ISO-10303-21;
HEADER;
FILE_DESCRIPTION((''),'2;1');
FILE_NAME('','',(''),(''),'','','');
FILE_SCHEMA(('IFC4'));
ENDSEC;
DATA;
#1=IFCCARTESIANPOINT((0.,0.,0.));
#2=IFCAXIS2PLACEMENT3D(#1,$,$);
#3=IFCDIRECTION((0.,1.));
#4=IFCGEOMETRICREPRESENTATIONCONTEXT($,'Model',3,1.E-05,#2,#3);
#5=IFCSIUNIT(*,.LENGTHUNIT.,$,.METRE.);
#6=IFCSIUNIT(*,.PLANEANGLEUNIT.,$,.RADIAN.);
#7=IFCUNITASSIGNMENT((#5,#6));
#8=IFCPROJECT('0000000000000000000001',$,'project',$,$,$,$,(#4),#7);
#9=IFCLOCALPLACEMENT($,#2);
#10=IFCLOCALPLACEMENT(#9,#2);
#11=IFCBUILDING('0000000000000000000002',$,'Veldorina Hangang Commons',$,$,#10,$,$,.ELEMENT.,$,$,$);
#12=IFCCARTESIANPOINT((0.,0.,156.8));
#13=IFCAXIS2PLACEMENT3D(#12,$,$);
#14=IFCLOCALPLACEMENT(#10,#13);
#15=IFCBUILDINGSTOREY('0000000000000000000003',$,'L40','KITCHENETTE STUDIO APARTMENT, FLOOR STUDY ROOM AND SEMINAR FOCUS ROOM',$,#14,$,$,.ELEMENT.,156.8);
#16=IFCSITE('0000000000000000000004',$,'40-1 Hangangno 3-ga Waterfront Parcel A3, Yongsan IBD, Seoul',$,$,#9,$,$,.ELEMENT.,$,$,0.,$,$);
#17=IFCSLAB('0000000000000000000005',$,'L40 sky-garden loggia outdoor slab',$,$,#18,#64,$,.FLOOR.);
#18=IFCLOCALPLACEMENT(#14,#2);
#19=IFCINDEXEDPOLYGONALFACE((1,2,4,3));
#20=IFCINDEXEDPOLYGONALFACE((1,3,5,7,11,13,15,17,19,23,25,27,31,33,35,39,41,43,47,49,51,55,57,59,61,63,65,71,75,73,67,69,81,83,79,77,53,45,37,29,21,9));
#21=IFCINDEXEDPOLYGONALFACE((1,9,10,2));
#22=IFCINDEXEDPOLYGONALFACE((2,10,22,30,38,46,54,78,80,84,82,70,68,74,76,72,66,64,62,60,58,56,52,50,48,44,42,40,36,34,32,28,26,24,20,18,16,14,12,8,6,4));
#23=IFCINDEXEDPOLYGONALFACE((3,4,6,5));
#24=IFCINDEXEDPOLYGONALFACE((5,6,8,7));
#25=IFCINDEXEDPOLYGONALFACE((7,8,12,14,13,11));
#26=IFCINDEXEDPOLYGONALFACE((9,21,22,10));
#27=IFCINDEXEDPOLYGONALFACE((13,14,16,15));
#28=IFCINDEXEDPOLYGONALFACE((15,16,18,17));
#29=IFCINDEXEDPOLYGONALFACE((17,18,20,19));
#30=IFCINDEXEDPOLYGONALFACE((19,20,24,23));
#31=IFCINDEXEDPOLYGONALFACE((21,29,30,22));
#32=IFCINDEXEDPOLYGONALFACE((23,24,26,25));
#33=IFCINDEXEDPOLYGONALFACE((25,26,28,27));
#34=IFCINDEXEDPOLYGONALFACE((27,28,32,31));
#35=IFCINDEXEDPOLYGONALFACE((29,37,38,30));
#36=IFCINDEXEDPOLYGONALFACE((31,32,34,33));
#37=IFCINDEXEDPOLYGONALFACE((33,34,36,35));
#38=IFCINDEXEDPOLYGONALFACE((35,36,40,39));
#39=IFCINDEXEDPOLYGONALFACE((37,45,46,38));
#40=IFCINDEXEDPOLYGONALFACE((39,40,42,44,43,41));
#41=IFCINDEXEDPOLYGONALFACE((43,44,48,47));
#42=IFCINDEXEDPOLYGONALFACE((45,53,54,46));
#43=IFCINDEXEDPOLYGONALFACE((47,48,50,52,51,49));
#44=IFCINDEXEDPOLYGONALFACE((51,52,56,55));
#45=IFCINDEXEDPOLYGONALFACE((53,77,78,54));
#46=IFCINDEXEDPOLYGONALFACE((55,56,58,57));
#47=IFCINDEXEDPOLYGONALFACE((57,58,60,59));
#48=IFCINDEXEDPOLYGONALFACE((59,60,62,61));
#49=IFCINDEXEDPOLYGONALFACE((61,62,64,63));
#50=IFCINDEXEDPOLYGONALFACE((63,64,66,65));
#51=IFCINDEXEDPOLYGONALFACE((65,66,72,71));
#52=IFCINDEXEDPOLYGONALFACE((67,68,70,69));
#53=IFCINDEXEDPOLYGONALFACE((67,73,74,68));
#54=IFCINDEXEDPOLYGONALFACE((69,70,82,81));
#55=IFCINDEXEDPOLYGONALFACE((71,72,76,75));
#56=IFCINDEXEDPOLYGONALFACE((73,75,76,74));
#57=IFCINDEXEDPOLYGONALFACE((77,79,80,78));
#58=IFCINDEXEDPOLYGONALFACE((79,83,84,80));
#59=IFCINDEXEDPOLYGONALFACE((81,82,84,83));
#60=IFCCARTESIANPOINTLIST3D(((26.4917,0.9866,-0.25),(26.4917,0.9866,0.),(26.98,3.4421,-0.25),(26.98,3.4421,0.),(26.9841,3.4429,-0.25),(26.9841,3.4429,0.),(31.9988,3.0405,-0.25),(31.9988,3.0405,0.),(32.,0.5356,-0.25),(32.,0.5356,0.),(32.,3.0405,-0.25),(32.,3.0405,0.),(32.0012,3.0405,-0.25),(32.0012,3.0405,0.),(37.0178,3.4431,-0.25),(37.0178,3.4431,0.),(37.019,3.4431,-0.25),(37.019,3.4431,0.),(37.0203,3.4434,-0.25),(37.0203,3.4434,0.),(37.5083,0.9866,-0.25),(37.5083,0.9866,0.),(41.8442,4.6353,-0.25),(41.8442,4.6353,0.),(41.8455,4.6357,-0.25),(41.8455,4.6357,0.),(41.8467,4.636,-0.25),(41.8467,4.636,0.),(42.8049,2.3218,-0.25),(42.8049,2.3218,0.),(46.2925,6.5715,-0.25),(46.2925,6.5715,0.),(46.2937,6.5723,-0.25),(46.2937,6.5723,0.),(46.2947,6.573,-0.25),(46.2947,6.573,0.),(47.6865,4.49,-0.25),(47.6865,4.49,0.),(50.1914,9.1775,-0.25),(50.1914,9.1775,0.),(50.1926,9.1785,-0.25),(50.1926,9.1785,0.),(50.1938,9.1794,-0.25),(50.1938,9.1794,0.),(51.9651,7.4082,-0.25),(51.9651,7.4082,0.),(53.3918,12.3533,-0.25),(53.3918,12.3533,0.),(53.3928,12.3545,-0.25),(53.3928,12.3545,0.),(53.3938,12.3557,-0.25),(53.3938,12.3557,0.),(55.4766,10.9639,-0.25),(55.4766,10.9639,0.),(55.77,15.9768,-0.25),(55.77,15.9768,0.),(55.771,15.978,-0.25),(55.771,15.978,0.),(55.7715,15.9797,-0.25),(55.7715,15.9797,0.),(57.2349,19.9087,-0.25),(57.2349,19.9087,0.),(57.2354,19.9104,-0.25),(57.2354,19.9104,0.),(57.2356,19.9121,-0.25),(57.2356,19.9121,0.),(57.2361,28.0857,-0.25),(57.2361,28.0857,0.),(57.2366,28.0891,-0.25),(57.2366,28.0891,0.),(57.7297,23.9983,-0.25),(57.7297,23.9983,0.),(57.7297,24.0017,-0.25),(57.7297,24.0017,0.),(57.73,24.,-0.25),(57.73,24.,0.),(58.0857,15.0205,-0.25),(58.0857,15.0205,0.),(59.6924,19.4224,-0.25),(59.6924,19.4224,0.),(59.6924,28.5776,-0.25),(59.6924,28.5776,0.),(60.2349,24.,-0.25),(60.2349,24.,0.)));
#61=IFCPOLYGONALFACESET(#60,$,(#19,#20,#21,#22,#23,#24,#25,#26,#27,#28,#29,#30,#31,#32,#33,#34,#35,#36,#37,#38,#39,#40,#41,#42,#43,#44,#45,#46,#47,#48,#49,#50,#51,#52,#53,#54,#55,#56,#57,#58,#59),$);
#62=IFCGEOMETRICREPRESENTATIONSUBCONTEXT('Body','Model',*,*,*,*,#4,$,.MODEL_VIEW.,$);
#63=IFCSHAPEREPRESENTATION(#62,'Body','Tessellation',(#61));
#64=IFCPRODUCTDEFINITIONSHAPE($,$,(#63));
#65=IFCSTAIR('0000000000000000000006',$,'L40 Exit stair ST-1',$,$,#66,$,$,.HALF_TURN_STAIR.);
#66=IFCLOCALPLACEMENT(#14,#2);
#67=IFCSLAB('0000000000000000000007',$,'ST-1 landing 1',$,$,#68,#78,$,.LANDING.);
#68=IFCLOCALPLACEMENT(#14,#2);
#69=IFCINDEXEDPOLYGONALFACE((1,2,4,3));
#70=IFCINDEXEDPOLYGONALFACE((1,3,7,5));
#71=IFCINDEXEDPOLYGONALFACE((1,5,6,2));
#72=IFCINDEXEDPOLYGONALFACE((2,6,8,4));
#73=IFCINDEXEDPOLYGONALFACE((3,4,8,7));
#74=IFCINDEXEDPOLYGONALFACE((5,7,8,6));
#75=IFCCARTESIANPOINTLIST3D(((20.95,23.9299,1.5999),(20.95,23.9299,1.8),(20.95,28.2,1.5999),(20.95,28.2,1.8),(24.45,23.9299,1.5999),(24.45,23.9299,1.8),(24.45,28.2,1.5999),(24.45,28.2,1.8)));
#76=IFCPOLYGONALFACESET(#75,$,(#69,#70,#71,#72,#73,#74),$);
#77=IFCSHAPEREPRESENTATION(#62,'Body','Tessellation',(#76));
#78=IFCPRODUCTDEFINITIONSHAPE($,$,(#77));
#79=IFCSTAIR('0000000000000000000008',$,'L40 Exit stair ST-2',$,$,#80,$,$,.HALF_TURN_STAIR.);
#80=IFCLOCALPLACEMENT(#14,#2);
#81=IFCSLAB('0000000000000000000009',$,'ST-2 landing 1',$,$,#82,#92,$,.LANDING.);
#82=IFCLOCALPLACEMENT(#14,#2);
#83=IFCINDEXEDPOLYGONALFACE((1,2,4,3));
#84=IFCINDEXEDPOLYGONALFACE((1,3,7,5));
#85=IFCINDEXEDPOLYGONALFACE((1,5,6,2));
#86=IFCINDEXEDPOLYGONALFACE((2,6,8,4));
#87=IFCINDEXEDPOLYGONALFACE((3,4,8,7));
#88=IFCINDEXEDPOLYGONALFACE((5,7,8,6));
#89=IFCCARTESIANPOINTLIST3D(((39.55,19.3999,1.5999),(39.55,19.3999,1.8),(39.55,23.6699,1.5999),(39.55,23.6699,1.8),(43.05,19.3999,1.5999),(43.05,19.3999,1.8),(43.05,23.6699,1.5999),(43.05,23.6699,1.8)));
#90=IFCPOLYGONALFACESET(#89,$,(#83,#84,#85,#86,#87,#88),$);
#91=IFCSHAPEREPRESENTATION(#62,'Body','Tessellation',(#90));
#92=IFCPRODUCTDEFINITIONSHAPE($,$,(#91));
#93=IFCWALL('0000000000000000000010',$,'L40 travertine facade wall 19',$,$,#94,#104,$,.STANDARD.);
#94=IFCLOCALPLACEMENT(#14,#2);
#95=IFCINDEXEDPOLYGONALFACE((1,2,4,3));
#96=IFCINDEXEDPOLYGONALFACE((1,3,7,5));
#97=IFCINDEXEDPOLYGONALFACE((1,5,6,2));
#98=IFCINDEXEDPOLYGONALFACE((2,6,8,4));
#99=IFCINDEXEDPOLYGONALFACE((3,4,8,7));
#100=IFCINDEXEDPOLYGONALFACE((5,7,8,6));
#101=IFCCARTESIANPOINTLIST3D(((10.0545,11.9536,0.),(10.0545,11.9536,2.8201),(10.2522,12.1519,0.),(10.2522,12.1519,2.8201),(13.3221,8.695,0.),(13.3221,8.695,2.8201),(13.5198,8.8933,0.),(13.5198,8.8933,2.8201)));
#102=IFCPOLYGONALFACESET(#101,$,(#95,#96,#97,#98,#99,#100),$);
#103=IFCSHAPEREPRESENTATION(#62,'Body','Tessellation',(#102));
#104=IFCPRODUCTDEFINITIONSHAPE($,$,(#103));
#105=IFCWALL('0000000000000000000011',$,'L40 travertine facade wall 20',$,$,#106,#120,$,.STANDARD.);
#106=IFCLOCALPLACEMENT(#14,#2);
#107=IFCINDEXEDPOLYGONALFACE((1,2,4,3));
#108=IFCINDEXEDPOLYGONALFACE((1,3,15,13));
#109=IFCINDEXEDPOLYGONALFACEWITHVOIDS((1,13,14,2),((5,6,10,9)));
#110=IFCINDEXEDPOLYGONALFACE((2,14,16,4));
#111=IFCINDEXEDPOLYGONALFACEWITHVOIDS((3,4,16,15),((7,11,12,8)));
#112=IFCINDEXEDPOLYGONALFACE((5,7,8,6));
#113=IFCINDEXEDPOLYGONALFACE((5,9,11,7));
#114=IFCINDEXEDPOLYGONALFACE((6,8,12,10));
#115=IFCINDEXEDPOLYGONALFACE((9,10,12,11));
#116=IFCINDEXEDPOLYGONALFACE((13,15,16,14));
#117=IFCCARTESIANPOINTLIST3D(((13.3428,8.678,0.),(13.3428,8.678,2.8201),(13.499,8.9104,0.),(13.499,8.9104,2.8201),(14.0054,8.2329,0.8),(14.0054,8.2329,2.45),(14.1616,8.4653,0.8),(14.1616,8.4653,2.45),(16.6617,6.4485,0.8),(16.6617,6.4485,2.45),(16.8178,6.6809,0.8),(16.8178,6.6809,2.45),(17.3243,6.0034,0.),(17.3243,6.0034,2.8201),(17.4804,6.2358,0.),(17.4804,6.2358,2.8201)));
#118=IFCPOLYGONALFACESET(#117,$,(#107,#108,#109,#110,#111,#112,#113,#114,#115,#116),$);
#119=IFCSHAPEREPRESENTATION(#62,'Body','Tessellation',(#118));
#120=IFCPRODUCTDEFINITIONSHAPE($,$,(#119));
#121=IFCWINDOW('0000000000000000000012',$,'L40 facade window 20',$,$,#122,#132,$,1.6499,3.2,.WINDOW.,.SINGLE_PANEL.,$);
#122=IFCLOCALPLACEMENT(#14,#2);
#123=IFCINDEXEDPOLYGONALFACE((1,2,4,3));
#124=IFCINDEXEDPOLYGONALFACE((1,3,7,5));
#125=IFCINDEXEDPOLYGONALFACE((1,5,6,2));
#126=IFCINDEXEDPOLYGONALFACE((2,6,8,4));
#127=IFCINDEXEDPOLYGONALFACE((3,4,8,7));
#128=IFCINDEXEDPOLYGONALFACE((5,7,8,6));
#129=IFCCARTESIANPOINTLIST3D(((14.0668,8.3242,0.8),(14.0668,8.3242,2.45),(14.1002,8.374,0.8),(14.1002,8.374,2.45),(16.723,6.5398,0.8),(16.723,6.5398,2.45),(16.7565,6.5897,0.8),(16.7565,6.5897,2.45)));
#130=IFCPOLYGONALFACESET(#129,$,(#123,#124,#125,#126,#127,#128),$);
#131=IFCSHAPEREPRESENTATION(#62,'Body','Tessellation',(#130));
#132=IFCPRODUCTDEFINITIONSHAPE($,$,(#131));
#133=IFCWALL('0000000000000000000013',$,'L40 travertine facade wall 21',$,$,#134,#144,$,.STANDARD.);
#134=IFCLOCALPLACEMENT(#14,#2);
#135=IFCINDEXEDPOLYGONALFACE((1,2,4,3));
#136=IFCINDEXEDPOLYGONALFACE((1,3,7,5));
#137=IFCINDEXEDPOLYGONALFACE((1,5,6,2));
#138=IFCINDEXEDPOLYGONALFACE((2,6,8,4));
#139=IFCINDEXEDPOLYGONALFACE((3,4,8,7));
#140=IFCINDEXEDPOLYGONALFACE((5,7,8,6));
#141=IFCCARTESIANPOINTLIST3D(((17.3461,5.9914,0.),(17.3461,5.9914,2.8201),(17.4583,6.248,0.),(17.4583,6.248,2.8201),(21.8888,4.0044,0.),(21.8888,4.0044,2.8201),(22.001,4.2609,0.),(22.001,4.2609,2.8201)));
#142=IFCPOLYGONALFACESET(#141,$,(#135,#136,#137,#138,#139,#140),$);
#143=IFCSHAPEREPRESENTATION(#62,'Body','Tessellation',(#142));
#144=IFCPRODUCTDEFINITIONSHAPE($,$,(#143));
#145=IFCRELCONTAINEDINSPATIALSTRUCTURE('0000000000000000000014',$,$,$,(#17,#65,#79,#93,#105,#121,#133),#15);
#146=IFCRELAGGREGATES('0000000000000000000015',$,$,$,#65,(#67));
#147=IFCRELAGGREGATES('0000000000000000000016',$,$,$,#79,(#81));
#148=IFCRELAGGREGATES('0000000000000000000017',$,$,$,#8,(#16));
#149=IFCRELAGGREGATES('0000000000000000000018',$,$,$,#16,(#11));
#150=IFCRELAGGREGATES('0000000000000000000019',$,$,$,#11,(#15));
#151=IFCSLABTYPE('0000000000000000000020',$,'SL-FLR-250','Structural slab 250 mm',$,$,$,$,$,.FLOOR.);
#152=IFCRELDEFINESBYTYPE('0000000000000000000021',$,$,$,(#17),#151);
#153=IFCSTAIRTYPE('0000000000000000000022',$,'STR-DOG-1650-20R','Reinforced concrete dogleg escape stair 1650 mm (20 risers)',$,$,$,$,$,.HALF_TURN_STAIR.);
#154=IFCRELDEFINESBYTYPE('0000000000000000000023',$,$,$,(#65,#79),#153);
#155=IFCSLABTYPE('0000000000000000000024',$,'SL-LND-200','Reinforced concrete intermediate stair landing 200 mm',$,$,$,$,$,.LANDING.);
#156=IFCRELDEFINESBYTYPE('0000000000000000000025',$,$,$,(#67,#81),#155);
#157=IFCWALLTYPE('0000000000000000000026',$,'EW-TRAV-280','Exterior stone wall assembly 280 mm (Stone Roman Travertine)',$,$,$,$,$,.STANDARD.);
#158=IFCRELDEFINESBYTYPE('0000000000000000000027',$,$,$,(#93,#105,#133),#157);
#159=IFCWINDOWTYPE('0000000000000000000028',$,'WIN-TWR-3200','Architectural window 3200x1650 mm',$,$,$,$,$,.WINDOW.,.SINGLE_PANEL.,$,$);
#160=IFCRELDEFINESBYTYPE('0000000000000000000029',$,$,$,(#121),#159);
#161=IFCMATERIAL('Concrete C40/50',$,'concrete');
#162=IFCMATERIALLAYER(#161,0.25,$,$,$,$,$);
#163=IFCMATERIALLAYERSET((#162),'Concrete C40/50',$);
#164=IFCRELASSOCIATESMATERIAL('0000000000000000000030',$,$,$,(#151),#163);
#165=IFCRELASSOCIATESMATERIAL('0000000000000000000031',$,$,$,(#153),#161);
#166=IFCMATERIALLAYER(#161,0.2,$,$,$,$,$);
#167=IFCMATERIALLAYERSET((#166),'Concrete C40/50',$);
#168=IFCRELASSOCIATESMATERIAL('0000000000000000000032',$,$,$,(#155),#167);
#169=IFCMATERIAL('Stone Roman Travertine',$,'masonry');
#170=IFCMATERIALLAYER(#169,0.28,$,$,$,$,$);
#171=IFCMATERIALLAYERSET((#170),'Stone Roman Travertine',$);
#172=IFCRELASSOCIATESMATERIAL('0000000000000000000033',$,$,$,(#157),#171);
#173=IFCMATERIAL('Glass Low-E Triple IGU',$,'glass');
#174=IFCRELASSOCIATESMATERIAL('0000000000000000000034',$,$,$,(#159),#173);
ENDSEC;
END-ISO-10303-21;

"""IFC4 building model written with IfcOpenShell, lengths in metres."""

from ifc_helpers import new_model, si_unit, direction, frame, frame_2d, origin, place, context, subcontext, project, spatial, polyline, rectangle, outline, extrude, material, layer, layer_set, type_object, element, fill, aggregate, save


model = new_model("IFC4")

# Units and contexts
model_context = context("Model", 3, precision=1e-05, world=origin(), true_north=direction((0.0, 1.0)))
body_context = subcontext(model_context, "Body", "Model", "MODEL_VIEW")
ifc_project = project(units=[si_unit("LENGTHUNIT", "METRE"), si_unit("PLANEANGLEUNIT", "RADIAN")], contexts=[model_context])

# Site, building, storey
site_placement = place(None, origin())
site = spatial("IfcSite", under=ifc_project, at=site_placement, Name="40-1 Hangangno 3-ga Waterfront Parcel A3, Yongsan IBD, Seoul", CompositionType="ELEMENT", RefElevation=0.0)
building_placement = place(site_placement, origin())
building = spatial("IfcBuilding", under=site, at=building_placement, Name="Veldorina Hangang Commons", CompositionType="ELEMENT")
storey_placement = place(building_placement, frame((0.0, 0.0, 156.8)))
storey = spatial("IfcBuildingStorey", under=building, at=storey_placement, Name="L40", Description="KITCHENETTE STUDIO APARTMENT, FLOOR STUDY ROOM AND SEMINAR FOCUS ROOM", CompositionType="ELEMENT", Elevation=156.8)

# Slab
ifc_material_1 = material(Name="Concrete C40/50", Category="concrete")
ifc_layer_1 = layer(ifc_material_1, 0.25)
ifc_layer_set_1 = layer_set([ifc_layer_1], Name="Concrete C40/50")
slab_type_1 = type_object("IfcSlabType", Name="SL-FLR-250", Description="Structural slab 250 mm", PredefinedType="FLOOR", material=ifc_layer_set_1)
slab_1_placement = place(storey_placement, frame((0.0, 0.0, -0.25)))
element("IfcSlab", 1, at=slab_1_placement, inside=storey, type_object=slab_type_1, Name="L40 sky-garden loggia outdoor slab", PredefinedType="FLOOR", context=body_context, shape_type="SweptSolid", body=[
    extrude(outline(polyline([(59.6924, 28.5776), (60.2349, 24.0), (59.6924, 19.4224), (58.0857, 15.0205), (55.4766, 10.9639), (51.9651, 7.4082), (47.6865, 4.49), (42.8049, 2.3218), (37.5083, 0.9866), (32.0, 0.5356), (26.4917, 0.9866), (26.98, 3.4421), (26.9841, 3.4429), (31.9988, 3.0405), (32.0, 3.0405), (32.0012, 3.0405), (37.0178, 3.4431), (37.019, 3.4431), (37.0203, 3.4434), (41.8442, 4.6353), (41.8455, 4.6357), (41.8467, 4.636), (46.2925, 6.5715), (46.2937, 6.5723), (46.2947, 6.573), (50.1914, 9.1775), (50.1926, 9.1785), (50.1938, 9.1794), (53.3918, 12.3533), (53.3928, 12.3545), (53.3938, 12.3557), (55.77, 15.9768), (55.771, 15.978), (55.7715, 15.9797), (57.2349, 19.9087), (57.2354, 19.9104), (57.2356, 19.9121), (57.7297, 23.9983), (57.73, 24.0), (57.7297, 24.0017), (57.2361, 28.0857), (57.2366, 28.0891), (59.6924, 28.5776)])), origin(), (0.0, 0.0, 1.0), 0.25),
])

# Stairs, slabs
stair_type = type_object("IfcStairType", Name="STR-DOG-1650-20R", Description="Reinforced concrete dogleg escape stair 1650 mm (20 risers)", PredefinedType="HALF_TURN_STAIR", material=ifc_material_1)
stair_1_placement = place(storey_placement, origin())
stair_1 = element("IfcStair", 2, at=stair_1_placement, inside=storey, type_object=stair_type, Name="L40 Exit stair ST-1", PredefinedType="HALF_TURN_STAIR")
ifc_layer_2 = layer(ifc_material_1, 0.2)
ifc_layer_set_2 = layer_set([ifc_layer_2], Name="Concrete C40/50")
slab_type_2 = type_object("IfcSlabType", Name="SL-LND-200", Description="Reinforced concrete intermediate stair landing 200 mm", PredefinedType="LANDING", material=ifc_layer_set_2)
slab_2_placement = place(storey_placement, frame((0.0, 0.0, 1.5999)))
slab_2 = element("IfcSlab", 3, at=slab_2_placement, type_object=slab_type_2, Name="ST-1 landing 1", PredefinedType="LANDING", context=body_context, shape_type="SweptSolid", body=[
    extrude(outline(polyline([(24.45, 23.9299), (24.45, 28.2), (20.95, 28.2), (20.95, 23.9299), (24.45, 23.9299)])), origin(), (0.0, 0.0, 1.0), 0.2002),
])
aggregate(stair_1, [slab_2])
stair_2_placement = place(storey_placement, origin())
stair_2 = element("IfcStair", 4, at=stair_2_placement, inside=storey, type_object=stair_type, Name="L40 Exit stair ST-2", PredefinedType="HALF_TURN_STAIR")
slab_3_placement = place(storey_placement, frame((0.0, 0.0, 1.5999)))
slab_3 = element("IfcSlab", 5, at=slab_3_placement, type_object=slab_type_2, Name="ST-2 landing 1", PredefinedType="LANDING", context=body_context, shape_type="SweptSolid", body=[
    extrude(outline(polyline([(39.55, 23.6699), (39.55, 19.3999), (43.05, 19.3999), (43.05, 23.6699), (39.55, 23.6699)])), origin(), (0.0, 0.0, 1.0), 0.2002),
])
aggregate(stair_2, [slab_3])

# Wall
ifc_material_2 = material(Name="Stone Roman Travertine", Category="masonry")
ifc_layer_3 = layer(ifc_material_2, 0.28)
ifc_layer_set_3 = layer_set([ifc_layer_3], Name="Stone Roman Travertine")
wall_type = type_object("IfcWallType", Name="EW-TRAV-280", Description="Exterior stone wall assembly 280 mm (Stone Roman Travertine)", PredefinedType="STANDARD", material=ifc_layer_set_3)
wall_1_placement = place(storey_placement, frame((10.1533, 12.0527, 0.0), z_axis=(0.0, 0.0, 1.0), x_axis=(0.708085, -0.706127, 0.0)))
element("IfcWall", 6, at=wall_1_placement, inside=storey, type_object=wall_type, Name="L40 travertine facade wall 19", PredefinedType="STANDARD", context=body_context, shape_type="SweptSolid", body=[
    extrude(rectangle(XDim=4.6147, YDim=0.28, at=frame_2d((2.3074, 0.0))), origin(), (0.0, 0.0, 1.0), 2.8201),
])

# Wall, opening, window
wall_2_placement = place(storey_placement, frame((13.4209, 8.7942, 0.0), z_axis=(0.0, 0.0, 1.0), x_axis=(0.830095, -0.557622, 0.0)))
wall_2 = element("IfcWall", 7, at=wall_2_placement, inside=storey, type_object=wall_type, Name="L40 travertine facade wall 20", PredefinedType="STANDARD", context=body_context, shape_type="SweptSolid", body=[
    extrude(rectangle(XDim=4.7964, YDim=0.28, at=frame_2d((2.3982, 0.0))), origin(), (0.0, 0.0, 1.0), 2.8201),
])
opening_placement = place(wall_2_placement, frame((0.7981, 0.0, 0.8)))
opening = element("IfcOpeningElement", 8, at=opening_placement, cuts=wall_2, PredefinedType="OPENING", context=body_context, shape_type="SweptSolid", body=[
    extrude(rectangle(XDim=3.2, YDim=1.6499, at=frame_2d((1.6001, 0.825))), frame((0.0, 0.1499, 0.0), z_axis=(0.0, -1.0, 0.0), x_axis=(1.0, 0.0, 0.0)), (0.0, 0.0, 1.0), 0.3),
])
ifc_material_3 = material(Name="Glass Low-E Triple IGU", Category="glass")
window_type = type_object("IfcWindowType", Name="WIN-TWR-3200", Description="Architectural window 3200x1650 mm", PartitioningType="SINGLE_PANEL", PredefinedType="WINDOW", material=ifc_material_3)
window_placement = place(opening_placement, origin())
window = element("IfcWindow", 9, at=window_placement, inside=storey, type_object=window_type, Name="L40 facade window 20", OverallHeight=1.6499, OverallWidth=3.2, PartitioningType="SINGLE_PANEL", PredefinedType="WINDOW", context=body_context, shape_type="SweptSolid", body=[
    extrude(rectangle(XDim=3.2, YDim=1.6499, at=frame_2d((1.6001, 0.825))), frame((0.0, 0.03, 0.0), z_axis=(0.0, -1.0, 0.0), x_axis=(1.0, 0.0, 0.0)), (0.0, 0.0, 1.0), 0.0601),
])
fill(opening, window)

# Wall
wall_3_placement = place(storey_placement, frame((17.4023, 6.1196, 0.0), z_axis=(0.0, 0.0, 1.0), x_axis=(0.916186, -0.400754, 0.0)))
element("IfcWall", 10, at=wall_3_placement, inside=storey, type_object=wall_type, Name="L40 travertine facade wall 21", PredefinedType="STANDARD", context=body_context, shape_type="SweptSolid", body=[
    extrude(rectangle(XDim=4.9583, YDim=0.28, at=frame_2d((2.479, 0.0))), origin(), (0.0, 0.0, 1.0), 2.8201),
])

save(model, "model.ifc")
